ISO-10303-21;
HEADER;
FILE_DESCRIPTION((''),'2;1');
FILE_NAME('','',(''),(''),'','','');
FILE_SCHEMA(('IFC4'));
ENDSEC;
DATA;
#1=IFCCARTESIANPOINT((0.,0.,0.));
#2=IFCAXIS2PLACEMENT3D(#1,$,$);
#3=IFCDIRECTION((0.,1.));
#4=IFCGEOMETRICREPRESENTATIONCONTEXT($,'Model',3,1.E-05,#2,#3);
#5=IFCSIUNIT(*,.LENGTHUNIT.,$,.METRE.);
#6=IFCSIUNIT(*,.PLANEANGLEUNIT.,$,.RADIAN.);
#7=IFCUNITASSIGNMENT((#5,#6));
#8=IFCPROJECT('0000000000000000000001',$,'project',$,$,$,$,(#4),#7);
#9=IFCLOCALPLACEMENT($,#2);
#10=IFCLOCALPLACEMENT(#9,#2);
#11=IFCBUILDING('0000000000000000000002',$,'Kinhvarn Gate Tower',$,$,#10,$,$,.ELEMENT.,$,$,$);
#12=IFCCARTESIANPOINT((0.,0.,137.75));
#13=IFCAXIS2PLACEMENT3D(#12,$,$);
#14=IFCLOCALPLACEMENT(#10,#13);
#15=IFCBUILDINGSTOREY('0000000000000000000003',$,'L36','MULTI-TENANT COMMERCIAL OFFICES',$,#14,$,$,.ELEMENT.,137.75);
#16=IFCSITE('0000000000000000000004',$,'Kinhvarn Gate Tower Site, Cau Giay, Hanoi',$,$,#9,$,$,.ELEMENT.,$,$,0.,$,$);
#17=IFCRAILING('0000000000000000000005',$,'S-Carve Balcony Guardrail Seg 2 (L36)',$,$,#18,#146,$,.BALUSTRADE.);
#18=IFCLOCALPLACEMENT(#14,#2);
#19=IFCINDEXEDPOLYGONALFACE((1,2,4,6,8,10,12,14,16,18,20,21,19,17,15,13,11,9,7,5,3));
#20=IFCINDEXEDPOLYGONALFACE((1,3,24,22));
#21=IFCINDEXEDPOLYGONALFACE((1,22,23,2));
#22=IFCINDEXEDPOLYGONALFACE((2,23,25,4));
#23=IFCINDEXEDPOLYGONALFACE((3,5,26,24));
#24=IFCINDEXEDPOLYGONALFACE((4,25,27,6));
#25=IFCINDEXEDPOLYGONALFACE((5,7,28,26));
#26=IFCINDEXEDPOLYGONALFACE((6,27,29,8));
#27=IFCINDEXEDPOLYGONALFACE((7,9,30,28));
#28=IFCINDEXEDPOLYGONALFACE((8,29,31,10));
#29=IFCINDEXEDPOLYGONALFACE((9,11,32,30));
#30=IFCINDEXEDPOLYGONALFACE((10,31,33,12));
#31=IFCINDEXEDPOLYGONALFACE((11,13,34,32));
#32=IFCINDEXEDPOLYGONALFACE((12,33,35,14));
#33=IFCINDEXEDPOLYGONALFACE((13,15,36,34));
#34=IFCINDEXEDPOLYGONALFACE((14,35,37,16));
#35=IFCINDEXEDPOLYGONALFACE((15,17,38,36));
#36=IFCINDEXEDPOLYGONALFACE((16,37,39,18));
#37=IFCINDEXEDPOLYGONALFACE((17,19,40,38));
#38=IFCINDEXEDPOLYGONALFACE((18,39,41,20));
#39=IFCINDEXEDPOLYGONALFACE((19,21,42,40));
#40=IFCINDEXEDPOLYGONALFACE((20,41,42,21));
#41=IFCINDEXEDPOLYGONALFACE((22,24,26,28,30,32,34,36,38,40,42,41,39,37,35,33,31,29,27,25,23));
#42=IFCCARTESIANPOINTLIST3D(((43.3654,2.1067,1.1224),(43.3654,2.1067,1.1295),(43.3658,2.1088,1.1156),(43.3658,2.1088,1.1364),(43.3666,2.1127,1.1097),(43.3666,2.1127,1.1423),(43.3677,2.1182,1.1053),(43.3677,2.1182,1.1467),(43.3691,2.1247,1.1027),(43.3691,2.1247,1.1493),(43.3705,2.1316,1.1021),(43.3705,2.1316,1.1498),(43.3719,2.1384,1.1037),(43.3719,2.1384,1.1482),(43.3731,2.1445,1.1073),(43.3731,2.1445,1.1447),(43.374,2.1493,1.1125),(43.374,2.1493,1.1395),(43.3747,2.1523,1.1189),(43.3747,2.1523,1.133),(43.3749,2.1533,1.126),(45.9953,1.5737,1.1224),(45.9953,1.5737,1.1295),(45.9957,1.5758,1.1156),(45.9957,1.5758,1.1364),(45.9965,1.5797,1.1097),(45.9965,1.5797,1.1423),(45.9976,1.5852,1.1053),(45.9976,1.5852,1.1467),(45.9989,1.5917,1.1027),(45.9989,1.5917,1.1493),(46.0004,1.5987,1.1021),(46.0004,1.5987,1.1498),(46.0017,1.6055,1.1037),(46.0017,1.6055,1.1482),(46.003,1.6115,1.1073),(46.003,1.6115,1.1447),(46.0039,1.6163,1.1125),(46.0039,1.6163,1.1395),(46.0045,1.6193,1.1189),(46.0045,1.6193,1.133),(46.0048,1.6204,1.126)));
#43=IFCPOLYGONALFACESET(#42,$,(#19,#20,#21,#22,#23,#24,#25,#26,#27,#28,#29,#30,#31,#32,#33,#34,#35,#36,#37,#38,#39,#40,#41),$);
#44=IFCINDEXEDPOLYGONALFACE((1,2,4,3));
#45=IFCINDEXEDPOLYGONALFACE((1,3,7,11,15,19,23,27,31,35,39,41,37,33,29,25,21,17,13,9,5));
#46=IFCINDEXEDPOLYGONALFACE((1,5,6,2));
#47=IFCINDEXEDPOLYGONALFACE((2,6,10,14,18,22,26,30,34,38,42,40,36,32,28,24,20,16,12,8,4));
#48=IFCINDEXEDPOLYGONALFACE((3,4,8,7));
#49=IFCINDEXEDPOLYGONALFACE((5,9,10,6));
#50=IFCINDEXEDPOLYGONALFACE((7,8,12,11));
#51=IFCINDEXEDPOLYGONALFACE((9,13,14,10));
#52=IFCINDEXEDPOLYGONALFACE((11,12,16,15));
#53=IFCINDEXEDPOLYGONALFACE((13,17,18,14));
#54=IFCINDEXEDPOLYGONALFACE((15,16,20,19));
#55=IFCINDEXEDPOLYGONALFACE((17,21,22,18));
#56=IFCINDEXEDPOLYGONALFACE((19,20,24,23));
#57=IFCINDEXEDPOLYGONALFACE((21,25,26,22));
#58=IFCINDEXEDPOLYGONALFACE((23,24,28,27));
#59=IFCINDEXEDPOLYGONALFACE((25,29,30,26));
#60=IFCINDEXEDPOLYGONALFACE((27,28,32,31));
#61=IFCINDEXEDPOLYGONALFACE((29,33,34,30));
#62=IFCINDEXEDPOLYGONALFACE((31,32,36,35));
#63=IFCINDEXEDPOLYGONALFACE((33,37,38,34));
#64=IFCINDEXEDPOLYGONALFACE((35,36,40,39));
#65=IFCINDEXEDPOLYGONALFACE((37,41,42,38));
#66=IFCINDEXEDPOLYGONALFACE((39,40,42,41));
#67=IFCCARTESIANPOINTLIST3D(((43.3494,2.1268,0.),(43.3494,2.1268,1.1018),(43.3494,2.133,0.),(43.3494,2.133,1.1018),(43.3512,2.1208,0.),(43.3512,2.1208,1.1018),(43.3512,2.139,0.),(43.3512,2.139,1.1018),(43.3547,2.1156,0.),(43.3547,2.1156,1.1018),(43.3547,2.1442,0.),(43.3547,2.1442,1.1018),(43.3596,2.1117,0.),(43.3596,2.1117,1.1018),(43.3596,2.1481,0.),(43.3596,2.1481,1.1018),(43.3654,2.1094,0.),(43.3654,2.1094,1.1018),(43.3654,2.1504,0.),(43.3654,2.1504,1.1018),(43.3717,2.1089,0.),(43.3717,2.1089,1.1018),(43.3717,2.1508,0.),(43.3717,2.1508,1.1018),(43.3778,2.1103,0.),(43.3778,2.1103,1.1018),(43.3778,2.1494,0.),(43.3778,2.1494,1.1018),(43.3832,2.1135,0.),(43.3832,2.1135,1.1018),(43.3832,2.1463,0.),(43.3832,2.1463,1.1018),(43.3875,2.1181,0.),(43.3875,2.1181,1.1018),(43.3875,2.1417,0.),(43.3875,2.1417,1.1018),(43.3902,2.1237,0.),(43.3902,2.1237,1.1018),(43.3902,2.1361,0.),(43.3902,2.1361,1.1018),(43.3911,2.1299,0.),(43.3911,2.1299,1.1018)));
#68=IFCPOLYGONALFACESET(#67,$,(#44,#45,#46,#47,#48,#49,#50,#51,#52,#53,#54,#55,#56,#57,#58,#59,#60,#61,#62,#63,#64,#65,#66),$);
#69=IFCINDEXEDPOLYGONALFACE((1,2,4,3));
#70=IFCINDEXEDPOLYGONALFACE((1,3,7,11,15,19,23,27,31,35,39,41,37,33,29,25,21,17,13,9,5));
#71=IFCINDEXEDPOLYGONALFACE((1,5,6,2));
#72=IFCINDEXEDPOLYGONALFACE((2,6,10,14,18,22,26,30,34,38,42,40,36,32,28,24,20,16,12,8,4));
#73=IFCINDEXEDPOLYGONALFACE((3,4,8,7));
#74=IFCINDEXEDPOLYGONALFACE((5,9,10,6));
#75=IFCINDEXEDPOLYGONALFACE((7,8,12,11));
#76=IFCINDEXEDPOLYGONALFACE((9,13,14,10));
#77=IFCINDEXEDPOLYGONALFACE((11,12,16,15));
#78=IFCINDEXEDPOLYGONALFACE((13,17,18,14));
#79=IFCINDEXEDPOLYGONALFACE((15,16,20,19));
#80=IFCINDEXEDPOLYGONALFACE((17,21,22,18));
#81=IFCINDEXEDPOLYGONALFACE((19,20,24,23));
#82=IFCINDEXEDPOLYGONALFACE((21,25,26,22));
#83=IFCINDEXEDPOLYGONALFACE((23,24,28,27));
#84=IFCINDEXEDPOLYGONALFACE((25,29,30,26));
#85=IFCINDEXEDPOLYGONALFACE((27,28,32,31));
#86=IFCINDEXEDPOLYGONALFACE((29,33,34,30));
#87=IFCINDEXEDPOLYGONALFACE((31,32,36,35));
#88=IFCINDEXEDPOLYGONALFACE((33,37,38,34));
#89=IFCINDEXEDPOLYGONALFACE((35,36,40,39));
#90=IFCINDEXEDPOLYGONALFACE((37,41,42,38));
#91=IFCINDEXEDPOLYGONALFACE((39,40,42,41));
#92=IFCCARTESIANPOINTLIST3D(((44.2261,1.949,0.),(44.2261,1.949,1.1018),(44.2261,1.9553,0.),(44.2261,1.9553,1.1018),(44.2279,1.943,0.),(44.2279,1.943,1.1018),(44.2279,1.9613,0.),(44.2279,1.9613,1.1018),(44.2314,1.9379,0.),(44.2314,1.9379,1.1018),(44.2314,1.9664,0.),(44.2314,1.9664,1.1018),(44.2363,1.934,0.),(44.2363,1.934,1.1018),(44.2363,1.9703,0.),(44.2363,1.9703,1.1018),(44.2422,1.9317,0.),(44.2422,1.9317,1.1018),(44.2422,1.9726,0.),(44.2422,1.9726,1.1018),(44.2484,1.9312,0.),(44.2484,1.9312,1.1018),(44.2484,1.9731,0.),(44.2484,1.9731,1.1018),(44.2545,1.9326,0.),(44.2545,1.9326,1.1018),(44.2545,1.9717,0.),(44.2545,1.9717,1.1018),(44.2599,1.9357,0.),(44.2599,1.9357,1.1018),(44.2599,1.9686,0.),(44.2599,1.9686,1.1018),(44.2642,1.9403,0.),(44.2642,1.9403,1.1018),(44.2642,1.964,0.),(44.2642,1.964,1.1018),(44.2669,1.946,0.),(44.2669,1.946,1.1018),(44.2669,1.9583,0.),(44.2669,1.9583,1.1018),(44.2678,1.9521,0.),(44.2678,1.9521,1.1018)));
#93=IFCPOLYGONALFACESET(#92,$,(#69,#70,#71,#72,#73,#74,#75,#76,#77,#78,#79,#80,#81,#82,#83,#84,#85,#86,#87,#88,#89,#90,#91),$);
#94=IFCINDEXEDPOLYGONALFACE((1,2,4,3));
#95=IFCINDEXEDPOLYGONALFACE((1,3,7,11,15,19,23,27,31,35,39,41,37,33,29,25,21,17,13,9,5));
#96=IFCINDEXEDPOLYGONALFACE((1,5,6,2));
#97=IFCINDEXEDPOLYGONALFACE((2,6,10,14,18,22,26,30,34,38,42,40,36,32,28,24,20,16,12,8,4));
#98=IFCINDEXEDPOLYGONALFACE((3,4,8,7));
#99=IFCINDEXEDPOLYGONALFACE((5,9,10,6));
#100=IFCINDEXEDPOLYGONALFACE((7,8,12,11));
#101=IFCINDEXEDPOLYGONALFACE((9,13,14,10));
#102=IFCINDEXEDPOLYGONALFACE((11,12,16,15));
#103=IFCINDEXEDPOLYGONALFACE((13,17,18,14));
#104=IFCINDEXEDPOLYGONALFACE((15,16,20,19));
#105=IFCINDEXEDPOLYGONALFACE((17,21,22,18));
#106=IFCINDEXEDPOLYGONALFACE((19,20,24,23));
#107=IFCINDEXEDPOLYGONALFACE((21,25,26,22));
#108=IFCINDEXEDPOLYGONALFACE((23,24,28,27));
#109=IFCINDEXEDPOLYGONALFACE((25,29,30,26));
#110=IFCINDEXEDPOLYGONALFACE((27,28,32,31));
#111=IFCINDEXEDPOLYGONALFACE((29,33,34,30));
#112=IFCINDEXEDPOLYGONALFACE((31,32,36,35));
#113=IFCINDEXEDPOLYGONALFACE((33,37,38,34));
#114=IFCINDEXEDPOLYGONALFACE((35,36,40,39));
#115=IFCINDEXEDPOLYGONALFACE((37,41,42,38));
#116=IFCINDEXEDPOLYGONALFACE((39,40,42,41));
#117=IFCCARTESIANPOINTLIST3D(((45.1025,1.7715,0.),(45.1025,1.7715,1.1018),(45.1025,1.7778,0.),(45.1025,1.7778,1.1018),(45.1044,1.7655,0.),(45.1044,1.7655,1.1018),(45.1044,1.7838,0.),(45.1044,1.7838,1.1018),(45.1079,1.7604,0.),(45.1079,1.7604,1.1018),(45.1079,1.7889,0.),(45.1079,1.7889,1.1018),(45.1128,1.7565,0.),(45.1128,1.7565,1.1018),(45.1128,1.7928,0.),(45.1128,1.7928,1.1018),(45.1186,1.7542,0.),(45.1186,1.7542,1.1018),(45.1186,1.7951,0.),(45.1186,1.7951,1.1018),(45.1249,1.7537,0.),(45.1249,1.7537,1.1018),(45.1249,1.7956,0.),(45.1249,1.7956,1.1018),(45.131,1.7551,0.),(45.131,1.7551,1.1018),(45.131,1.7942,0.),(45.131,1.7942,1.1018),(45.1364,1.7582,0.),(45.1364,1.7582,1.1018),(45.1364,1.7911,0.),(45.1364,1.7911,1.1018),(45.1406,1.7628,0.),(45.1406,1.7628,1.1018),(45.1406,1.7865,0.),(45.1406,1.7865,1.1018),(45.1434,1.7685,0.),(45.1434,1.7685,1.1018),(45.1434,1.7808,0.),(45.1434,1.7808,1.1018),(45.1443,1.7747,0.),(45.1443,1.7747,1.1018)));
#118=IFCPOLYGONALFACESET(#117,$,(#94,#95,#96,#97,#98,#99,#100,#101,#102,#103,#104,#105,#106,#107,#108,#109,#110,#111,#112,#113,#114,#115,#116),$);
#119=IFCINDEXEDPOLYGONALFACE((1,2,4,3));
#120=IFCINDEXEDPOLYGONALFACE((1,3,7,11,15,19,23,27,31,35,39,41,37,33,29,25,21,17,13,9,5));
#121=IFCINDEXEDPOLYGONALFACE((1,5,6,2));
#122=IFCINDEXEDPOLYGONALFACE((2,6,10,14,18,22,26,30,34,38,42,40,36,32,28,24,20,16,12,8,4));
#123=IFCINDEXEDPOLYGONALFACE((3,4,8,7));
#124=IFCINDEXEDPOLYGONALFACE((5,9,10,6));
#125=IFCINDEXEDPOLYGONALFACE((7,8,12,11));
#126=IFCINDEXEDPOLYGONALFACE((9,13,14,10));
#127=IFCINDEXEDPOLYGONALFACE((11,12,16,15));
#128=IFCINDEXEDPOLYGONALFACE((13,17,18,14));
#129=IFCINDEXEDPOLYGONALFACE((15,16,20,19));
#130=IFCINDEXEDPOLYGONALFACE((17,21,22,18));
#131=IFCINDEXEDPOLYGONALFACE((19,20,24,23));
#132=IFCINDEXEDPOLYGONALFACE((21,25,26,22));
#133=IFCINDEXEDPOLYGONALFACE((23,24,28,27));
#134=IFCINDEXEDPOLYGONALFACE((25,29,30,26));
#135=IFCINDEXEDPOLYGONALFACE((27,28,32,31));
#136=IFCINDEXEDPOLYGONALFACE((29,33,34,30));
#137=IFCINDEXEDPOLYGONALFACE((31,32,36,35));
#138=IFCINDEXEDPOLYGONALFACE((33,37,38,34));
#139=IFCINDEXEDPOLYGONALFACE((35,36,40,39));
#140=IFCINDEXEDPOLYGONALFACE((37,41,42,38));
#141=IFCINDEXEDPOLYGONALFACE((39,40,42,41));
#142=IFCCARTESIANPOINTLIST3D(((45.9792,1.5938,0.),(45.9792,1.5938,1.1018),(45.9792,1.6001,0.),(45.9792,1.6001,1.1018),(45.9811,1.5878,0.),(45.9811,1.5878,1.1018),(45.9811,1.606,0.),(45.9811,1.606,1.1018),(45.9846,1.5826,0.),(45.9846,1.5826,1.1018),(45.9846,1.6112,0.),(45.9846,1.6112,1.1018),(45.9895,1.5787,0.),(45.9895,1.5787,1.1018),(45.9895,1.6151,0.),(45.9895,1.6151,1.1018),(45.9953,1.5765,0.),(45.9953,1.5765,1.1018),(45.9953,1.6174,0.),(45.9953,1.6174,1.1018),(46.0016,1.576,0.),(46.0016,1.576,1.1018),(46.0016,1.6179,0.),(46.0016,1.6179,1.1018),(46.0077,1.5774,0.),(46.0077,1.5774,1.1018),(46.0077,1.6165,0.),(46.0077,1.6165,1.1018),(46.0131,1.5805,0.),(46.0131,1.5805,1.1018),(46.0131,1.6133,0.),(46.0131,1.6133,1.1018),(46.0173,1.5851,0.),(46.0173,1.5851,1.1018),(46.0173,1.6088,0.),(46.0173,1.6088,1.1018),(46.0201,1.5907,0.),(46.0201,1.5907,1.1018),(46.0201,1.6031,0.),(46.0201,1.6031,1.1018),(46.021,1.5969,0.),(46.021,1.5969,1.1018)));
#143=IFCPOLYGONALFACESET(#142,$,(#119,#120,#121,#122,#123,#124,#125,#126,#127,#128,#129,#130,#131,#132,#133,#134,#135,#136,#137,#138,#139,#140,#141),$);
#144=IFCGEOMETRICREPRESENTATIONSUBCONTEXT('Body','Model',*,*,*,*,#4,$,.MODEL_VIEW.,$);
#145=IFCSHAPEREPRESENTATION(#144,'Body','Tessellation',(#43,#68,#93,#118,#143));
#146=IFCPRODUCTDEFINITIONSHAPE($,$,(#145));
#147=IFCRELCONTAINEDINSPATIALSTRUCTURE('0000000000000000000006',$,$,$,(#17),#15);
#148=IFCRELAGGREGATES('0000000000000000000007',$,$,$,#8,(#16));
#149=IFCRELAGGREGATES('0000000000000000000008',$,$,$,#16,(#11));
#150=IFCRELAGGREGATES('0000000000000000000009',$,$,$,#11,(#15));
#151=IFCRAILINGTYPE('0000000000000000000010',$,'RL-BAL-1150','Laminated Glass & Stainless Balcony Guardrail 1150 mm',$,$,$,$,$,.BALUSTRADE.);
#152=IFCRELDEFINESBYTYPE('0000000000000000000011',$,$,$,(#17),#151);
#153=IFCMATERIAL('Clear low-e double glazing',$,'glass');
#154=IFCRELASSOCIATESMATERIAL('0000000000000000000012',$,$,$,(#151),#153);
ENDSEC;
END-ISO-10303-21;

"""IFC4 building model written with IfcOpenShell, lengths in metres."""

from ifc_helpers import new_model, si_unit, direction, frame, origin, origin_2d, place, context, subcontext, project, spatial, circle, extrude, material, type_object, element, save


model = new_model("IFC4")

# Units and contexts
model_context = context("Model", 3, precision=1e-05, world=origin(), true_north=direction((0.0, 1.0)))
body_context = subcontext(model_context, "Body", "Model", "MODEL_VIEW")
ifc_project = project(units=[si_unit("LENGTHUNIT", "METRE"), si_unit("PLANEANGLEUNIT", "RADIAN")], contexts=[model_context])

# Site, building, storey
site_placement = place(None, origin())
site = spatial("IfcSite", under=ifc_project, at=site_placement, Name="Kinhvarn Gate Tower Site, Cau Giay, Hanoi", CompositionType="ELEMENT", RefElevation=0.0)
building_placement = place(site_placement, origin())
building = spatial("IfcBuilding", under=site, at=building_placement, Name="Kinhvarn Gate Tower", CompositionType="ELEMENT")
storey_placement = place(building_placement, frame((0.0, 0.0, 137.75)))
storey = spatial("IfcBuildingStorey", under=building, at=storey_placement, Name="L36", Description="MULTI-TENANT COMMERCIAL OFFICES", CompositionType="ELEMENT", Elevation=137.75)

# Shared definitions
ifc_material_1 = material(Name="Clear low-e double glazing", Category="glass")

# Railing
railing_type = type_object("IfcRailingType", Name="RL-BAL-1150", Description="Laminated Glass & Stainless Balcony Guardrail 1150 mm", PredefinedType="BALUSTRADE", material=ifc_material_1)
railing_1_placement = place(storey_placement, frame((43.3701, 2.1299, 0.0)))
element("IfcRailing", 1, at=railing_1_placement, inside=storey, type_object=railing_type, Name="S-Carve Balcony Guardrail Seg 2 (L36)", PredefinedType="BALUSTRADE", context=body_context, shape_type="SweptSolid", body=[
    extrude(circle(Radius=0.0239, at=origin_2d()), frame((0.0, 0.0, 1.126), z_axis=(0.980077, -0.198618, 0.0), x_axis=(0.198618, 0.980077, 0.0)), (0.0, 0.0, 1.0), 2.6833),
    extrude(circle(Radius=0.021, at=origin_2d()), origin(), (0.0, 0.0, 1.0), 1.1018),
    extrude(circle(Radius=0.021, at=origin_2d()), frame((0.8767, -0.1777, 0.0)), (0.0, 0.0, 1.0), 1.1018),
    extrude(circle(Radius=0.021, at=origin_2d()), frame((1.7532, -0.3552, 0.0)), (0.0, 0.0, 1.0), 1.1018),
    extrude(circle(Radius=0.021, at=origin_2d()), frame((2.6299, -0.533, 0.0)), (0.0, 0.0, 1.0), 1.1018),
])

save(model, "model.ifc")
